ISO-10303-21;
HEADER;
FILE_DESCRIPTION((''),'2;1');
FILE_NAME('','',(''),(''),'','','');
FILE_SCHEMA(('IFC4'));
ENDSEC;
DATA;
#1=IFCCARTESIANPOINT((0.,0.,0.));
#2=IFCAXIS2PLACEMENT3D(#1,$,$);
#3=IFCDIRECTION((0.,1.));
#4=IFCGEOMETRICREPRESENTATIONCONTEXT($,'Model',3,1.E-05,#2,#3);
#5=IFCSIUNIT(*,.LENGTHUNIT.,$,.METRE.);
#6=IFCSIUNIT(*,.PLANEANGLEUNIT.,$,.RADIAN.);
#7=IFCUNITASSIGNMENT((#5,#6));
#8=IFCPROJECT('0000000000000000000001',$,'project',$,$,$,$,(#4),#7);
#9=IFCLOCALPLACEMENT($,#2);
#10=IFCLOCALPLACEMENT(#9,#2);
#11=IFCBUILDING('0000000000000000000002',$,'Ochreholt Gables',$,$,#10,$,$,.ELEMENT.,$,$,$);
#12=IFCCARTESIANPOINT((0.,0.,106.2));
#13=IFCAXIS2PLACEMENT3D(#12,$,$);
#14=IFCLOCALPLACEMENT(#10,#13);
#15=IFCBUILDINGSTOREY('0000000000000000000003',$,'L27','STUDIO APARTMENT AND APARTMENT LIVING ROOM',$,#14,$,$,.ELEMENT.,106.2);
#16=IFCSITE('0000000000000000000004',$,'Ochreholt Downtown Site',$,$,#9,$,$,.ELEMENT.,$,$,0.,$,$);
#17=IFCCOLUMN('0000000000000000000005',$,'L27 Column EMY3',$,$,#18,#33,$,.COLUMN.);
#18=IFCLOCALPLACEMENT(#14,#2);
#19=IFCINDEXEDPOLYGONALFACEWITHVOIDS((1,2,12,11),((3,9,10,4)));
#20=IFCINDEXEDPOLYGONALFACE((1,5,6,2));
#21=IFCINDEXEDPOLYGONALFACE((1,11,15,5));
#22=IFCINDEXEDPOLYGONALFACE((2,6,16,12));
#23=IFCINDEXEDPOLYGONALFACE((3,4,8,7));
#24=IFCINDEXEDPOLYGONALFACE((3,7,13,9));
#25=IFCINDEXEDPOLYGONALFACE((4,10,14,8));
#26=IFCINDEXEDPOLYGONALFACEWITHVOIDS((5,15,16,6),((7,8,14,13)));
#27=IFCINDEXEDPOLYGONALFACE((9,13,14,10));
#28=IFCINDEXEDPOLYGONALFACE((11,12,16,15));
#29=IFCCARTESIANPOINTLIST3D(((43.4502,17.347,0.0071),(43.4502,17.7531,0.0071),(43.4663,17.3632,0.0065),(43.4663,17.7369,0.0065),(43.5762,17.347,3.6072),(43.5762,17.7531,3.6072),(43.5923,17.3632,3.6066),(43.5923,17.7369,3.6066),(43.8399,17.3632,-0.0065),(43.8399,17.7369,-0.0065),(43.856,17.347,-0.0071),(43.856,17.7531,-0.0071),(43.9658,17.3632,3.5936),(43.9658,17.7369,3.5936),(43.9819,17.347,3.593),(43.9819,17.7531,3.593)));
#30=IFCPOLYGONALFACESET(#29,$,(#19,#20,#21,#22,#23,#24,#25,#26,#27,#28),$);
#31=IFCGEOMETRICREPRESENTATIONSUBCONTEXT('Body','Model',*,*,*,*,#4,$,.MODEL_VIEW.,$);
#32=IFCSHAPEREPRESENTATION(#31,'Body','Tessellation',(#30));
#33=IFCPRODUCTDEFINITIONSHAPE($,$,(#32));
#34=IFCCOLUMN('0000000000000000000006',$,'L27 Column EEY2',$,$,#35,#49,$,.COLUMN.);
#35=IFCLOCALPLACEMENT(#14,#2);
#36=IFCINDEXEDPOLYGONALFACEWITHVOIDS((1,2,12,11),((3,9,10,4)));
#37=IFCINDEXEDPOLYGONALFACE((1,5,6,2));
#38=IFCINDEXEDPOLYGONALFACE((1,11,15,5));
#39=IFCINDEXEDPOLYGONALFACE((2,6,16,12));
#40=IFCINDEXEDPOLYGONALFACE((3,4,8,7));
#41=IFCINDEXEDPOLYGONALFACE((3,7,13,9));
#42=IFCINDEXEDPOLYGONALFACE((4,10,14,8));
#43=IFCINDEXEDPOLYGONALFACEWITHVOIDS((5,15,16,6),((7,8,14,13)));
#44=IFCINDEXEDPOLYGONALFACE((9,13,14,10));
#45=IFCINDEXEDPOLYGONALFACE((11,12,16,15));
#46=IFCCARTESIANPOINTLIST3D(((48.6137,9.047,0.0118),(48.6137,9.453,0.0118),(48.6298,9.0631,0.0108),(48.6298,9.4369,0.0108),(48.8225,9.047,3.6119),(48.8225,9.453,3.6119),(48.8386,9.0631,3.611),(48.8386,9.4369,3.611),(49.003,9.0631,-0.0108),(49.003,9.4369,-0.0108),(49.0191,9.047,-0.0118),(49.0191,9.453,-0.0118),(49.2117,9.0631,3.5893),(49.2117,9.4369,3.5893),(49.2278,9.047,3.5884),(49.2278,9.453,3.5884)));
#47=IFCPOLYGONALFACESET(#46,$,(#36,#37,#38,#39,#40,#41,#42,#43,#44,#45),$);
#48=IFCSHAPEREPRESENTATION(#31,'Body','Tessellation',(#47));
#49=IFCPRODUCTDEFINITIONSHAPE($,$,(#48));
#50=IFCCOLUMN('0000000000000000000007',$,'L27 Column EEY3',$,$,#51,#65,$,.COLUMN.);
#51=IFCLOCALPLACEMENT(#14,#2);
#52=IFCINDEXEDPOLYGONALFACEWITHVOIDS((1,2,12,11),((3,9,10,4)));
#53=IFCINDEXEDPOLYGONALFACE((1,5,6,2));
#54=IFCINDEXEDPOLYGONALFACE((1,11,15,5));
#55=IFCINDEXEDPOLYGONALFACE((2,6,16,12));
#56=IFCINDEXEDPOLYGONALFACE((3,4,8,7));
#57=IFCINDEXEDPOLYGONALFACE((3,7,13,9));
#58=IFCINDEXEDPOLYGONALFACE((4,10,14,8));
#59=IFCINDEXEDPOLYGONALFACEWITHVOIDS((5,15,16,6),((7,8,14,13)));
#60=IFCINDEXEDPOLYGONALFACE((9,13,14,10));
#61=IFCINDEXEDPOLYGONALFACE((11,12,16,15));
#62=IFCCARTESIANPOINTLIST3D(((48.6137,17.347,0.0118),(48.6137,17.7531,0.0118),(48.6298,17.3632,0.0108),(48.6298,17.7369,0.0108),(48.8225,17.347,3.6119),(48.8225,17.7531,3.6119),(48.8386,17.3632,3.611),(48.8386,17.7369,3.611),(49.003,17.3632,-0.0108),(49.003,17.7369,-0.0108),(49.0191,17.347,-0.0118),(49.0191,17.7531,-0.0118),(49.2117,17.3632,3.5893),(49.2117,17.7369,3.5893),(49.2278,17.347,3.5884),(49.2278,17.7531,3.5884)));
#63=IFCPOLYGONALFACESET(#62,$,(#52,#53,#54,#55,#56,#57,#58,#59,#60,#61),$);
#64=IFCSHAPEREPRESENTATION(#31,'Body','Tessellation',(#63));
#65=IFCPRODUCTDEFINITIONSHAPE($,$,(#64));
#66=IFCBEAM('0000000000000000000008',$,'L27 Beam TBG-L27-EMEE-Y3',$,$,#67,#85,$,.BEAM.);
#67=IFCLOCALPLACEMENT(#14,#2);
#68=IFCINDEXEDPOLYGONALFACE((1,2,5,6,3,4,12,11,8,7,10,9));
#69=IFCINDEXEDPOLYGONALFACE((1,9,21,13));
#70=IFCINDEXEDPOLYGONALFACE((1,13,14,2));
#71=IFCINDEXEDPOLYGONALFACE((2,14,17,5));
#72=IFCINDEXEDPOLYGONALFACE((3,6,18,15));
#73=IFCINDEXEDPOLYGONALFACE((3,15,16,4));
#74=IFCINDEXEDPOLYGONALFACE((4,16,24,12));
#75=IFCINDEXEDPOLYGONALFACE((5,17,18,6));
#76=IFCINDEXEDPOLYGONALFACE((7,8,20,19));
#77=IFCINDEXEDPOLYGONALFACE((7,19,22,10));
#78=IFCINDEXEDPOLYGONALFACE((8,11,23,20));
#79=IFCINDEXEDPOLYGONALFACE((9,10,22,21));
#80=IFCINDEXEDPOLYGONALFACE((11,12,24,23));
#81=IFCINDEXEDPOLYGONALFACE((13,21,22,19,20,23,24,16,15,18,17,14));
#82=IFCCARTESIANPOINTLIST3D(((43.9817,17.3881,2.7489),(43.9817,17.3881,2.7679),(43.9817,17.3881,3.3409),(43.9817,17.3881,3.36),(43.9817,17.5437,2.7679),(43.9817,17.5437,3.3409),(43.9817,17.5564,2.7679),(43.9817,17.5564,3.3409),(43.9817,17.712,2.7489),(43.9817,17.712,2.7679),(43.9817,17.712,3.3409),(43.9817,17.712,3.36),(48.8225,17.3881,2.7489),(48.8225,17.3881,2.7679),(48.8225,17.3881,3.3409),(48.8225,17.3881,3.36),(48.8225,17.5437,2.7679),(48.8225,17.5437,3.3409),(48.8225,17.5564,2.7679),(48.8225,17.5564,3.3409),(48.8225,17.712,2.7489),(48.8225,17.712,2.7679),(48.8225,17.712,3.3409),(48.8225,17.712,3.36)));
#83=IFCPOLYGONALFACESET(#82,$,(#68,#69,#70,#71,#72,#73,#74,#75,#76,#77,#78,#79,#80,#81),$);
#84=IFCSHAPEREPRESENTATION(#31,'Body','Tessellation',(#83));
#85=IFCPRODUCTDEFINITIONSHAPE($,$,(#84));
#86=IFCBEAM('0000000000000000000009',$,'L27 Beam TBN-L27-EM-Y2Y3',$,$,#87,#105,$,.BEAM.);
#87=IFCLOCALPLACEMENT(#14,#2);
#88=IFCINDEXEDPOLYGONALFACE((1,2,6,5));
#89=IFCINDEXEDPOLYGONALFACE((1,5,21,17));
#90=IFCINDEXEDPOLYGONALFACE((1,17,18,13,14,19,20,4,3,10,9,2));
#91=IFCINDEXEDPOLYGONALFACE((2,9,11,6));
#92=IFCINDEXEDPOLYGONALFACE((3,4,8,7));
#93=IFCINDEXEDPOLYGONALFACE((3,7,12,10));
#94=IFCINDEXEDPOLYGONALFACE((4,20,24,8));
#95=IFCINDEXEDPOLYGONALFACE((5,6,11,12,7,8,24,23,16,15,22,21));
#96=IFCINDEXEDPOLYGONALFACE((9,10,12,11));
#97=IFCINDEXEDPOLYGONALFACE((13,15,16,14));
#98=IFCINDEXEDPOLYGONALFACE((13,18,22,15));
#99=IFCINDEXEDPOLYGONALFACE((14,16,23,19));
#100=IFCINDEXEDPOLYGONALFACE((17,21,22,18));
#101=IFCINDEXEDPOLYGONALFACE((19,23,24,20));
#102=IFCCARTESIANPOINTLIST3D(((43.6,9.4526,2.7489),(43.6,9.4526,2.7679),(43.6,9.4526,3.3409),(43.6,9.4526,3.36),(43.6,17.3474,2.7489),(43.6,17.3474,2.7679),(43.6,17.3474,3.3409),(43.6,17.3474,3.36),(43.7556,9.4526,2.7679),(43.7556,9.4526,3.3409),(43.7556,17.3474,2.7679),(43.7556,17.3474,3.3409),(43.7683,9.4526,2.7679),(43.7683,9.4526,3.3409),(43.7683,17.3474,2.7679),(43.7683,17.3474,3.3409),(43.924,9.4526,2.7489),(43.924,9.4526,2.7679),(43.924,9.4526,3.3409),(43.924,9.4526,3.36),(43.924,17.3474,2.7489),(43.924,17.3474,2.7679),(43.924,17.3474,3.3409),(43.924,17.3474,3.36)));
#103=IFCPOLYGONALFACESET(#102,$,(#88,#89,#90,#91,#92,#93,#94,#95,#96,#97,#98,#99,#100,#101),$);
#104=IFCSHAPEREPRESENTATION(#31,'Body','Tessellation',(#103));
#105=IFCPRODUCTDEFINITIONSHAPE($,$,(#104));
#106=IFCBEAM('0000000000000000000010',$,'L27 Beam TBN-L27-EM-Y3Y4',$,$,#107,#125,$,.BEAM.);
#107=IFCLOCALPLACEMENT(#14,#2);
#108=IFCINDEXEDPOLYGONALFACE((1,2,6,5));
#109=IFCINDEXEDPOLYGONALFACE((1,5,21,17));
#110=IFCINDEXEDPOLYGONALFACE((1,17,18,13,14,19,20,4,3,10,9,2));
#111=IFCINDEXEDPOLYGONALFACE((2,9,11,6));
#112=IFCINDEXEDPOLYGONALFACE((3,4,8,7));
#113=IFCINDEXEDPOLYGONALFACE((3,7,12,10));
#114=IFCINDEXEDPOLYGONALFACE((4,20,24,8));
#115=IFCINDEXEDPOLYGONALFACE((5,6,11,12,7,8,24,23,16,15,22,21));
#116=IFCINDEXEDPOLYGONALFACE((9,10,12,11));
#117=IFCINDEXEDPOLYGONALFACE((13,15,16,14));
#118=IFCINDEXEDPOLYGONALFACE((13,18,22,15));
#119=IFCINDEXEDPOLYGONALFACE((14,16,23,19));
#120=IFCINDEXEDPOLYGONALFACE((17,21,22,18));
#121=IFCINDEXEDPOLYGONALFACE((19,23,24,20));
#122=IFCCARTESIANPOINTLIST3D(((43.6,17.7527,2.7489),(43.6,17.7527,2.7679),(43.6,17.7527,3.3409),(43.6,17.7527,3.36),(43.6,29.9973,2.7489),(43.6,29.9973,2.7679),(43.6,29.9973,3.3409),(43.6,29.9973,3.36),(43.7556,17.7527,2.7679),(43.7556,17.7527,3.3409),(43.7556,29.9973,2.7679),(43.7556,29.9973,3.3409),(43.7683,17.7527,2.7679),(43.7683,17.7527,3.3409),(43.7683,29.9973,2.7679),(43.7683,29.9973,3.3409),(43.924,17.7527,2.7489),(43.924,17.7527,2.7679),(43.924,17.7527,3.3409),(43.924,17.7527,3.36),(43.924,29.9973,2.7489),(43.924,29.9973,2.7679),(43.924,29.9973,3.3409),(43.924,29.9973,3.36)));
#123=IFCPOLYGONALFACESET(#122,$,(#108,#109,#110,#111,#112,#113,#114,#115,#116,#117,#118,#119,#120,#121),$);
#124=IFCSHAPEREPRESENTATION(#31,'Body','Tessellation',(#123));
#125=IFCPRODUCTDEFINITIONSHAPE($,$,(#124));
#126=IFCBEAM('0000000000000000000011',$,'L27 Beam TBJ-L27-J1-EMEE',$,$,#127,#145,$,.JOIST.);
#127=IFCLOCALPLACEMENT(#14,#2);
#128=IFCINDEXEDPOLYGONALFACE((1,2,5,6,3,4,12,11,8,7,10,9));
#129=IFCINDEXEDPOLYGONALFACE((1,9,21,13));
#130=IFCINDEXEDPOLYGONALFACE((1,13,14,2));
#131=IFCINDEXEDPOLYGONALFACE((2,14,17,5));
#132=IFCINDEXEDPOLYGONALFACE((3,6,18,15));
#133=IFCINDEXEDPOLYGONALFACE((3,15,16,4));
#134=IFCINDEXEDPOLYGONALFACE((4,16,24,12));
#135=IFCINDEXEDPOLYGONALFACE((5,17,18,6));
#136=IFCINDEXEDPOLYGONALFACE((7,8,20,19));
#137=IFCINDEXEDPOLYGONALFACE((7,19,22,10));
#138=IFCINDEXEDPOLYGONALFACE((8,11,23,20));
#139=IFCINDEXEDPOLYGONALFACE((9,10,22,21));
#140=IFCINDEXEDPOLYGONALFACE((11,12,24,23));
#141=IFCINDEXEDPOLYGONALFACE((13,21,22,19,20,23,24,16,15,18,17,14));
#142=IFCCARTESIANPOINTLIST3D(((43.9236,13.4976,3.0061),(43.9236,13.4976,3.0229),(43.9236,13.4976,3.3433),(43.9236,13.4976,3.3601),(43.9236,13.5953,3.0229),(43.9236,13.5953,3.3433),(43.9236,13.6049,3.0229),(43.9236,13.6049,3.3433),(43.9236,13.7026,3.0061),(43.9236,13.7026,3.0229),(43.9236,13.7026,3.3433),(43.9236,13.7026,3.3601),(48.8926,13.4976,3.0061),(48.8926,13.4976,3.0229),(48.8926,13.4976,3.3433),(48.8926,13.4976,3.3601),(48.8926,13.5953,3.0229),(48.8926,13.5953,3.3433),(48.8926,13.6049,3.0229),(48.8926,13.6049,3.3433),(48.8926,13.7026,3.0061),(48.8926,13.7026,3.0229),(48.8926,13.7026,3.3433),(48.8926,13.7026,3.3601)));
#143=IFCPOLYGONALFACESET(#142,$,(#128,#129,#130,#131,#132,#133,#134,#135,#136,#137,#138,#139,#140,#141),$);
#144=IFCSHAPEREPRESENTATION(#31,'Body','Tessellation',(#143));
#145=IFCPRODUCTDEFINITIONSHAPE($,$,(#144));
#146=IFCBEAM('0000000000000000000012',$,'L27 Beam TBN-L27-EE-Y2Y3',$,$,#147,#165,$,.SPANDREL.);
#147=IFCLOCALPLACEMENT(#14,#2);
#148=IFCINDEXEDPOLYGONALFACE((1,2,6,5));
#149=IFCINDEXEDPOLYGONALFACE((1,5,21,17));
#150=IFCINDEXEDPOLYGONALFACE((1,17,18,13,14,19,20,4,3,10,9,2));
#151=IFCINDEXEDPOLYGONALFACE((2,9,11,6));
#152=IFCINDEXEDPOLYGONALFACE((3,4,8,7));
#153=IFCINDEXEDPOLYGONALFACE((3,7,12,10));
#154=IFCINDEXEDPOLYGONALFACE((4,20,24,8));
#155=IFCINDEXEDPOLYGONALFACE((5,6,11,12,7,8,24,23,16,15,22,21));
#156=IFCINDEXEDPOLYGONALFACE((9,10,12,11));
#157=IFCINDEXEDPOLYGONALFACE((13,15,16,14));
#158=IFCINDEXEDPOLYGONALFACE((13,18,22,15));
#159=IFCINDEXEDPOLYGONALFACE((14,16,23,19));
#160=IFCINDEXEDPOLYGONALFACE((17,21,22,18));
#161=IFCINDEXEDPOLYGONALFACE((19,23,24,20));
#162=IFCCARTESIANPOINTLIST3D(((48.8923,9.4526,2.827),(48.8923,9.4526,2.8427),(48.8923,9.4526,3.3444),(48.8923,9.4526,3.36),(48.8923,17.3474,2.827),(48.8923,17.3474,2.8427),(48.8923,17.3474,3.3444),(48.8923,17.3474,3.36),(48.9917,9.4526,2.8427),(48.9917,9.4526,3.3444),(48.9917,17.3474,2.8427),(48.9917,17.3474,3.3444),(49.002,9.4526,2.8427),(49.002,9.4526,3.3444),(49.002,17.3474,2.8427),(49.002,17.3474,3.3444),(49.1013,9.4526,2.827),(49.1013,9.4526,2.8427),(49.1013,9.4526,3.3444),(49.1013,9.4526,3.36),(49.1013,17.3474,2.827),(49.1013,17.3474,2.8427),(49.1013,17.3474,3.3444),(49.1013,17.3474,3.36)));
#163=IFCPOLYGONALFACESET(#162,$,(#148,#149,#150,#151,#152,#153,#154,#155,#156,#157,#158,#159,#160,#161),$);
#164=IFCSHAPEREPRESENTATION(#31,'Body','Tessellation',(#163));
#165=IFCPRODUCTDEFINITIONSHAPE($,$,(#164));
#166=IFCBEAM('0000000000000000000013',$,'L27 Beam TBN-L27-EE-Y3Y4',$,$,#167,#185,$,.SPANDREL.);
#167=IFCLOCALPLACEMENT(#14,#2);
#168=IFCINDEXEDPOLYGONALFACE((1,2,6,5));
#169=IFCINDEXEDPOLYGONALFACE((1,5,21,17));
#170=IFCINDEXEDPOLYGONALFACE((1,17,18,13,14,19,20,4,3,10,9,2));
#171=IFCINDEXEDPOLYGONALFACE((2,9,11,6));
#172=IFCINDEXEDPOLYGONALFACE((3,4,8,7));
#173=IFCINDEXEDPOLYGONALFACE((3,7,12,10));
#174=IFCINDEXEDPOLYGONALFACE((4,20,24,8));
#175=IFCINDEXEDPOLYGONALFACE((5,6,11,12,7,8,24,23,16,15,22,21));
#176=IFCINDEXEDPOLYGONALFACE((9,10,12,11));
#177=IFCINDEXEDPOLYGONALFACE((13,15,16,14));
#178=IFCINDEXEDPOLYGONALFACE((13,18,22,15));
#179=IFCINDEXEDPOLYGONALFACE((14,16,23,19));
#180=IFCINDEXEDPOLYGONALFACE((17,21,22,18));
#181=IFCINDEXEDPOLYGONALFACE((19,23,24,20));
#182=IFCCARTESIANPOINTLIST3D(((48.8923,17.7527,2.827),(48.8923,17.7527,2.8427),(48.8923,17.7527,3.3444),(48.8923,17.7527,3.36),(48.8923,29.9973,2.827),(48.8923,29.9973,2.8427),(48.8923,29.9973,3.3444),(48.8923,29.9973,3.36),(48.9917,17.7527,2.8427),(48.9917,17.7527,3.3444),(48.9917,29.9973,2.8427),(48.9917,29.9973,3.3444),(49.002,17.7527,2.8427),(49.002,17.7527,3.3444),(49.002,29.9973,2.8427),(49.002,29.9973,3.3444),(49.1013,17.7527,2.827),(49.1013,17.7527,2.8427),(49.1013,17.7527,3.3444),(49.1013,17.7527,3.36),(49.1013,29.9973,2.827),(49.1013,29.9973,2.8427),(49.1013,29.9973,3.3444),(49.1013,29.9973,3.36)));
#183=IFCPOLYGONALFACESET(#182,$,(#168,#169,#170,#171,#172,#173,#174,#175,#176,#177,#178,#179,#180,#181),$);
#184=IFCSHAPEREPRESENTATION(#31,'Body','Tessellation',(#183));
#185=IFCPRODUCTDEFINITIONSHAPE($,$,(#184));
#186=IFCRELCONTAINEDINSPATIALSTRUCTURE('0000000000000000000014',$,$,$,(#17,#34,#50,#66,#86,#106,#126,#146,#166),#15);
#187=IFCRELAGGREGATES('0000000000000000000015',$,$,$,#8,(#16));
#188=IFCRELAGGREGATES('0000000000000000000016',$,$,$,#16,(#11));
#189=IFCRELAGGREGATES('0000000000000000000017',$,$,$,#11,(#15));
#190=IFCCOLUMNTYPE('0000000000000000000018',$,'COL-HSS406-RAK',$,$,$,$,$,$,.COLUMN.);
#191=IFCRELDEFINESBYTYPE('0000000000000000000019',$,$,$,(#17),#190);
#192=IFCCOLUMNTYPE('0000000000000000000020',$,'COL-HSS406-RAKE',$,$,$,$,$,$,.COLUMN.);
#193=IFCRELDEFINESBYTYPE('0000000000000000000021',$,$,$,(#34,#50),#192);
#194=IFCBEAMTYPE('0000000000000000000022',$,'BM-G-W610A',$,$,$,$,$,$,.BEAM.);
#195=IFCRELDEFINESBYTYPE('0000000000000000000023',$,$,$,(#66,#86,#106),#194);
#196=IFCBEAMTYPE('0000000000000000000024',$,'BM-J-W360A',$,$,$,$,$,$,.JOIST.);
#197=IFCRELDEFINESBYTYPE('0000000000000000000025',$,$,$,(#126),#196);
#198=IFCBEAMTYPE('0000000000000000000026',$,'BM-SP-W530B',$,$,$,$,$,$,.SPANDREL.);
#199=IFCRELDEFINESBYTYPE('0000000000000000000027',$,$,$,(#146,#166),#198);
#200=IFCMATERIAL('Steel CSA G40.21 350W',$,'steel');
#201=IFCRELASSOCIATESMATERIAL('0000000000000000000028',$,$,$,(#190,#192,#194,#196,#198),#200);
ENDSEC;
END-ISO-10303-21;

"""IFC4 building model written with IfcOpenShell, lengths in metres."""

from ifc_helpers import new_model, si_unit, direction, frame, origin, origin_2d, place, context, subcontext, project, spatial, hollow_rectangle, i_section, extrude, material, material_profile, profile_set, type_object, element, save


model = new_model("IFC4")

# Units and contexts
model_context = context("Model", 3, precision=1e-05, world=origin(), true_north=direction((0.0, 1.0)))
body_context = subcontext(model_context, "Body", "Model", "MODEL_VIEW")
ifc_project = project(units=[si_unit("LENGTHUNIT", "METRE"), si_unit("PLANEANGLEUNIT", "RADIAN")], contexts=[model_context])

# Site, building, storey
site_placement = place(None, origin())
site = spatial("IfcSite", under=ifc_project, at=site_placement, Name="Ochreholt Downtown Site", CompositionType="ELEMENT", RefElevation=0.0)
building_placement = place(site_placement, origin())
building = spatial("IfcBuilding", under=site, at=building_placement, Name="Ochreholt Gables", CompositionType="ELEMENT")
storey_placement = place(building_placement, frame((0.0, 0.0, 106.2)))
storey = spatial("IfcBuildingStorey", under=building, at=storey_placement, Name="L27", Description="STUDIO APARTMENT AND APARTMENT LIVING ROOM", CompositionType="ELEMENT", Elevation=106.2)

# Columns
ifc_material_1 = material(Name="Steel CSA G40.21 350W", Category="steel")
ifc_material_profile_1 = material_profile(ifc_material_1, hollow_rectangle(XDim=0.406, YDim=0.406, WallThickness=0.0161, at=origin_2d()), Name="HSS406X406X16")
ifc_profile_set_1 = profile_set([ifc_material_profile_1], Name="Steel CSA G40.21 350W")
column_type_1 = type_object("IfcColumnType", Name="COL-HSS406-RAK", PredefinedType="COLUMN", material=ifc_profile_set_1)
column_placement = place(storey_placement, frame((43.6531, 17.55, 0.0), z_axis=(0.034971, 0.0, 0.999388), x_axis=(0.0, 1.0, 0.0)))
element("IfcColumn", 1, at=column_placement, inside=storey, type_object=column_type_1, Name="L27 Column EMY3", PredefinedType="COLUMN", context=body_context, shape_type="SweptSolid", body=[
    extrude(hollow_rectangle(XDim=0.406, YDim=0.406, WallThickness=0.0161, at=origin_2d()), origin(), (0.0, 0.0, 1.0), 3.6023),
])
ifc_material_profile_2 = material_profile(ifc_material_1, hollow_rectangle(XDim=0.406, YDim=0.406, WallThickness=0.0161, at=origin_2d()), Name="HSS406X406X16")
ifc_profile_set_2 = profile_set([ifc_material_profile_2], Name="Steel CSA G40.21 350W")
column_type_2 = type_object("IfcColumnType", Name="COL-HSS406-RAKE", PredefinedType="COLUMN", material=ifc_profile_set_2)
for number, where, z_axis, x_axis, name in (
    (2, (48.8164, 9.25, 0.0), (0.057885, 0.0, 0.998323), (0.0, 1.0, 0.0), "L27 Column EEY2"),
    (3, (48.8164, 17.55, 0.0), (0.057885, 0.0, 0.998323), (0.0, 1.0, 0.0), "L27 Column EEY3"),
):
    element("IfcColumn", number, at=place(storey_placement, frame(where, z_axis=z_axis, x_axis=x_axis)), inside=storey, type_object=column_type_2, Name=name, PredefinedType="COLUMN", context=body_context, shape_type="SweptSolid", body=[
        extrude(hollow_rectangle(XDim=0.406, YDim=0.406, WallThickness=0.0161, at=origin_2d()), origin(), (0.0, 0.0, 1.0), 3.6062),
    ])

# Beams
ifc_material_profile_3 = material_profile(ifc_material_1, i_section(OverallWidth=0.324, OverallDepth=0.6111, WebThickness=0.0127, FlangeThickness=0.019, at=origin_2d()), Name="W610X155")
ifc_profile_set_3 = profile_set([ifc_material_profile_3], Name="Steel CSA G40.21 350W")
beam_type_1 = type_object("IfcBeamType", Name="BM-G-W610A", PredefinedType="BEAM", material=ifc_profile_set_3)
beam_1_placement = place(storey_placement, frame((43.9817, 17.55, 3.0544), z_axis=(1.0, 0.0, 0.0), x_axis=(0.0, 1.0, 0.0)))
element("IfcBeam", 4, at=beam_1_placement, inside=storey, type_object=beam_type_1, Name="L27 Beam TBG-L27-EMEE-Y3", PredefinedType="BEAM", context=body_context, shape_type="SweptSolid", body=[
    extrude(i_section(OverallWidth=0.324, OverallDepth=0.6111, WebThickness=0.0127, FlangeThickness=0.019, at=origin_2d()), origin(), (0.0, 0.0, 1.0), 4.8408),
])
beam_2_placement = place(storey_placement, frame((43.762, 9.4526, 3.0544), z_axis=(0.0, 1.0, 0.0), x_axis=(-1.0, 0.0, 0.0)))
element("IfcBeam", 5, at=beam_2_placement, inside=storey, type_object=beam_type_1, Name="L27 Beam TBN-L27-EM-Y2Y3", PredefinedType="BEAM", context=body_context, shape_type="SweptSolid", body=[
    extrude(i_section(OverallWidth=0.324, OverallDepth=0.6111, WebThickness=0.0127, FlangeThickness=0.019, at=origin_2d()), origin(), (0.0, 0.0, 1.0), 7.8948),
])
beam_3_placement = place(storey_placement, frame((43.762, 17.7527, 3.0544), z_axis=(0.0, 1.0, 0.0), x_axis=(-1.0, 0.0, 0.0)))
element("IfcBeam", 6, at=beam_3_placement, inside=storey, type_object=beam_type_1, Name="L27 Beam TBN-L27-EM-Y3Y4", PredefinedType="BEAM", context=body_context, shape_type="SweptSolid", body=[
    extrude(i_section(OverallWidth=0.324, OverallDepth=0.6111, WebThickness=0.0127, FlangeThickness=0.019, at=origin_2d()), origin(), (0.0, 0.0, 1.0), 12.2446),
])
ifc_material_profile_4 = material_profile(ifc_material_1, i_section(OverallWidth=0.2051, OverallDepth=0.354, WebThickness=0.0095, FlangeThickness=0.0168, at=origin_2d()), Name="W360X79")
ifc_profile_set_4 = profile_set([ifc_material_profile_4], Name="Steel CSA G40.21 350W")
beam_type_2 = type_object("IfcBeamType", Name="BM-J-W360A", PredefinedType="JOIST", material=ifc_profile_set_4)
beam_4_placement = place(storey_placement, frame((43.9236, 13.6001, 3.1831), z_axis=(1.0, 0.0, 0.0), x_axis=(0.0, 1.0, 0.0)))
element("IfcBeam", 7, at=beam_4_placement, inside=storey, type_object=beam_type_2, Name="L27 Beam TBJ-L27-J1-EMEE", PredefinedType="JOIST", context=body_context, shape_type="SweptSolid", body=[
    extrude(i_section(OverallWidth=0.2051, OverallDepth=0.354, WebThickness=0.0095, FlangeThickness=0.0168, at=origin_2d()), origin(), (0.0, 0.0, 1.0), 4.969),
])
ifc_material_profile_5 = material_profile(ifc_material_1, i_section(OverallWidth=0.209, OverallDepth=0.533, WebThickness=0.0103, FlangeThickness=0.0156, at=origin_2d()), Name="W530X92")
ifc_profile_set_5 = profile_set([ifc_material_profile_5], Name="Steel CSA G40.21 350W")
beam_type_3 = type_object("IfcBeamType", Name="BM-SP-W530B", PredefinedType="SPANDREL", material=ifc_profile_set_5)
beam_5_placement = place(storey_placement, frame((48.9968, 9.4526, 3.0935), z_axis=(0.0, 1.0, 0.0), x_axis=(-1.0, 0.0, 0.0)))
element("IfcBeam", 8, at=beam_5_placement, inside=storey, type_object=beam_type_3, Name="L27 Beam TBN-L27-EE-Y2Y3", PredefinedType="SPANDREL", context=body_context, shape_type="SweptSolid", body=[
    extrude(i_section(OverallWidth=0.209, OverallDepth=0.533, WebThickness=0.0103, FlangeThickness=0.0156, at=origin_2d()), origin(), (0.0, 0.0, 1.0), 7.8948),
])
beam_6_placement = place(storey_placement, frame((48.9968, 17.7527, 3.0935), z_axis=(0.0, 1.0, 0.0), x_axis=(-1.0, 0.0, 0.0)))
element("IfcBeam", 9, at=beam_6_placement, inside=storey, type_object=beam_type_3, Name="L27 Beam TBN-L27-EE-Y3Y4", PredefinedType="SPANDREL", context=body_context, shape_type="SweptSolid", body=[
    extrude(i_section(OverallWidth=0.209, OverallDepth=0.533, WebThickness=0.0103, FlangeThickness=0.0156, at=origin_2d()), origin(), (0.0, 0.0, 1.0), 12.2446),
])

save(model, "model.ifc")
